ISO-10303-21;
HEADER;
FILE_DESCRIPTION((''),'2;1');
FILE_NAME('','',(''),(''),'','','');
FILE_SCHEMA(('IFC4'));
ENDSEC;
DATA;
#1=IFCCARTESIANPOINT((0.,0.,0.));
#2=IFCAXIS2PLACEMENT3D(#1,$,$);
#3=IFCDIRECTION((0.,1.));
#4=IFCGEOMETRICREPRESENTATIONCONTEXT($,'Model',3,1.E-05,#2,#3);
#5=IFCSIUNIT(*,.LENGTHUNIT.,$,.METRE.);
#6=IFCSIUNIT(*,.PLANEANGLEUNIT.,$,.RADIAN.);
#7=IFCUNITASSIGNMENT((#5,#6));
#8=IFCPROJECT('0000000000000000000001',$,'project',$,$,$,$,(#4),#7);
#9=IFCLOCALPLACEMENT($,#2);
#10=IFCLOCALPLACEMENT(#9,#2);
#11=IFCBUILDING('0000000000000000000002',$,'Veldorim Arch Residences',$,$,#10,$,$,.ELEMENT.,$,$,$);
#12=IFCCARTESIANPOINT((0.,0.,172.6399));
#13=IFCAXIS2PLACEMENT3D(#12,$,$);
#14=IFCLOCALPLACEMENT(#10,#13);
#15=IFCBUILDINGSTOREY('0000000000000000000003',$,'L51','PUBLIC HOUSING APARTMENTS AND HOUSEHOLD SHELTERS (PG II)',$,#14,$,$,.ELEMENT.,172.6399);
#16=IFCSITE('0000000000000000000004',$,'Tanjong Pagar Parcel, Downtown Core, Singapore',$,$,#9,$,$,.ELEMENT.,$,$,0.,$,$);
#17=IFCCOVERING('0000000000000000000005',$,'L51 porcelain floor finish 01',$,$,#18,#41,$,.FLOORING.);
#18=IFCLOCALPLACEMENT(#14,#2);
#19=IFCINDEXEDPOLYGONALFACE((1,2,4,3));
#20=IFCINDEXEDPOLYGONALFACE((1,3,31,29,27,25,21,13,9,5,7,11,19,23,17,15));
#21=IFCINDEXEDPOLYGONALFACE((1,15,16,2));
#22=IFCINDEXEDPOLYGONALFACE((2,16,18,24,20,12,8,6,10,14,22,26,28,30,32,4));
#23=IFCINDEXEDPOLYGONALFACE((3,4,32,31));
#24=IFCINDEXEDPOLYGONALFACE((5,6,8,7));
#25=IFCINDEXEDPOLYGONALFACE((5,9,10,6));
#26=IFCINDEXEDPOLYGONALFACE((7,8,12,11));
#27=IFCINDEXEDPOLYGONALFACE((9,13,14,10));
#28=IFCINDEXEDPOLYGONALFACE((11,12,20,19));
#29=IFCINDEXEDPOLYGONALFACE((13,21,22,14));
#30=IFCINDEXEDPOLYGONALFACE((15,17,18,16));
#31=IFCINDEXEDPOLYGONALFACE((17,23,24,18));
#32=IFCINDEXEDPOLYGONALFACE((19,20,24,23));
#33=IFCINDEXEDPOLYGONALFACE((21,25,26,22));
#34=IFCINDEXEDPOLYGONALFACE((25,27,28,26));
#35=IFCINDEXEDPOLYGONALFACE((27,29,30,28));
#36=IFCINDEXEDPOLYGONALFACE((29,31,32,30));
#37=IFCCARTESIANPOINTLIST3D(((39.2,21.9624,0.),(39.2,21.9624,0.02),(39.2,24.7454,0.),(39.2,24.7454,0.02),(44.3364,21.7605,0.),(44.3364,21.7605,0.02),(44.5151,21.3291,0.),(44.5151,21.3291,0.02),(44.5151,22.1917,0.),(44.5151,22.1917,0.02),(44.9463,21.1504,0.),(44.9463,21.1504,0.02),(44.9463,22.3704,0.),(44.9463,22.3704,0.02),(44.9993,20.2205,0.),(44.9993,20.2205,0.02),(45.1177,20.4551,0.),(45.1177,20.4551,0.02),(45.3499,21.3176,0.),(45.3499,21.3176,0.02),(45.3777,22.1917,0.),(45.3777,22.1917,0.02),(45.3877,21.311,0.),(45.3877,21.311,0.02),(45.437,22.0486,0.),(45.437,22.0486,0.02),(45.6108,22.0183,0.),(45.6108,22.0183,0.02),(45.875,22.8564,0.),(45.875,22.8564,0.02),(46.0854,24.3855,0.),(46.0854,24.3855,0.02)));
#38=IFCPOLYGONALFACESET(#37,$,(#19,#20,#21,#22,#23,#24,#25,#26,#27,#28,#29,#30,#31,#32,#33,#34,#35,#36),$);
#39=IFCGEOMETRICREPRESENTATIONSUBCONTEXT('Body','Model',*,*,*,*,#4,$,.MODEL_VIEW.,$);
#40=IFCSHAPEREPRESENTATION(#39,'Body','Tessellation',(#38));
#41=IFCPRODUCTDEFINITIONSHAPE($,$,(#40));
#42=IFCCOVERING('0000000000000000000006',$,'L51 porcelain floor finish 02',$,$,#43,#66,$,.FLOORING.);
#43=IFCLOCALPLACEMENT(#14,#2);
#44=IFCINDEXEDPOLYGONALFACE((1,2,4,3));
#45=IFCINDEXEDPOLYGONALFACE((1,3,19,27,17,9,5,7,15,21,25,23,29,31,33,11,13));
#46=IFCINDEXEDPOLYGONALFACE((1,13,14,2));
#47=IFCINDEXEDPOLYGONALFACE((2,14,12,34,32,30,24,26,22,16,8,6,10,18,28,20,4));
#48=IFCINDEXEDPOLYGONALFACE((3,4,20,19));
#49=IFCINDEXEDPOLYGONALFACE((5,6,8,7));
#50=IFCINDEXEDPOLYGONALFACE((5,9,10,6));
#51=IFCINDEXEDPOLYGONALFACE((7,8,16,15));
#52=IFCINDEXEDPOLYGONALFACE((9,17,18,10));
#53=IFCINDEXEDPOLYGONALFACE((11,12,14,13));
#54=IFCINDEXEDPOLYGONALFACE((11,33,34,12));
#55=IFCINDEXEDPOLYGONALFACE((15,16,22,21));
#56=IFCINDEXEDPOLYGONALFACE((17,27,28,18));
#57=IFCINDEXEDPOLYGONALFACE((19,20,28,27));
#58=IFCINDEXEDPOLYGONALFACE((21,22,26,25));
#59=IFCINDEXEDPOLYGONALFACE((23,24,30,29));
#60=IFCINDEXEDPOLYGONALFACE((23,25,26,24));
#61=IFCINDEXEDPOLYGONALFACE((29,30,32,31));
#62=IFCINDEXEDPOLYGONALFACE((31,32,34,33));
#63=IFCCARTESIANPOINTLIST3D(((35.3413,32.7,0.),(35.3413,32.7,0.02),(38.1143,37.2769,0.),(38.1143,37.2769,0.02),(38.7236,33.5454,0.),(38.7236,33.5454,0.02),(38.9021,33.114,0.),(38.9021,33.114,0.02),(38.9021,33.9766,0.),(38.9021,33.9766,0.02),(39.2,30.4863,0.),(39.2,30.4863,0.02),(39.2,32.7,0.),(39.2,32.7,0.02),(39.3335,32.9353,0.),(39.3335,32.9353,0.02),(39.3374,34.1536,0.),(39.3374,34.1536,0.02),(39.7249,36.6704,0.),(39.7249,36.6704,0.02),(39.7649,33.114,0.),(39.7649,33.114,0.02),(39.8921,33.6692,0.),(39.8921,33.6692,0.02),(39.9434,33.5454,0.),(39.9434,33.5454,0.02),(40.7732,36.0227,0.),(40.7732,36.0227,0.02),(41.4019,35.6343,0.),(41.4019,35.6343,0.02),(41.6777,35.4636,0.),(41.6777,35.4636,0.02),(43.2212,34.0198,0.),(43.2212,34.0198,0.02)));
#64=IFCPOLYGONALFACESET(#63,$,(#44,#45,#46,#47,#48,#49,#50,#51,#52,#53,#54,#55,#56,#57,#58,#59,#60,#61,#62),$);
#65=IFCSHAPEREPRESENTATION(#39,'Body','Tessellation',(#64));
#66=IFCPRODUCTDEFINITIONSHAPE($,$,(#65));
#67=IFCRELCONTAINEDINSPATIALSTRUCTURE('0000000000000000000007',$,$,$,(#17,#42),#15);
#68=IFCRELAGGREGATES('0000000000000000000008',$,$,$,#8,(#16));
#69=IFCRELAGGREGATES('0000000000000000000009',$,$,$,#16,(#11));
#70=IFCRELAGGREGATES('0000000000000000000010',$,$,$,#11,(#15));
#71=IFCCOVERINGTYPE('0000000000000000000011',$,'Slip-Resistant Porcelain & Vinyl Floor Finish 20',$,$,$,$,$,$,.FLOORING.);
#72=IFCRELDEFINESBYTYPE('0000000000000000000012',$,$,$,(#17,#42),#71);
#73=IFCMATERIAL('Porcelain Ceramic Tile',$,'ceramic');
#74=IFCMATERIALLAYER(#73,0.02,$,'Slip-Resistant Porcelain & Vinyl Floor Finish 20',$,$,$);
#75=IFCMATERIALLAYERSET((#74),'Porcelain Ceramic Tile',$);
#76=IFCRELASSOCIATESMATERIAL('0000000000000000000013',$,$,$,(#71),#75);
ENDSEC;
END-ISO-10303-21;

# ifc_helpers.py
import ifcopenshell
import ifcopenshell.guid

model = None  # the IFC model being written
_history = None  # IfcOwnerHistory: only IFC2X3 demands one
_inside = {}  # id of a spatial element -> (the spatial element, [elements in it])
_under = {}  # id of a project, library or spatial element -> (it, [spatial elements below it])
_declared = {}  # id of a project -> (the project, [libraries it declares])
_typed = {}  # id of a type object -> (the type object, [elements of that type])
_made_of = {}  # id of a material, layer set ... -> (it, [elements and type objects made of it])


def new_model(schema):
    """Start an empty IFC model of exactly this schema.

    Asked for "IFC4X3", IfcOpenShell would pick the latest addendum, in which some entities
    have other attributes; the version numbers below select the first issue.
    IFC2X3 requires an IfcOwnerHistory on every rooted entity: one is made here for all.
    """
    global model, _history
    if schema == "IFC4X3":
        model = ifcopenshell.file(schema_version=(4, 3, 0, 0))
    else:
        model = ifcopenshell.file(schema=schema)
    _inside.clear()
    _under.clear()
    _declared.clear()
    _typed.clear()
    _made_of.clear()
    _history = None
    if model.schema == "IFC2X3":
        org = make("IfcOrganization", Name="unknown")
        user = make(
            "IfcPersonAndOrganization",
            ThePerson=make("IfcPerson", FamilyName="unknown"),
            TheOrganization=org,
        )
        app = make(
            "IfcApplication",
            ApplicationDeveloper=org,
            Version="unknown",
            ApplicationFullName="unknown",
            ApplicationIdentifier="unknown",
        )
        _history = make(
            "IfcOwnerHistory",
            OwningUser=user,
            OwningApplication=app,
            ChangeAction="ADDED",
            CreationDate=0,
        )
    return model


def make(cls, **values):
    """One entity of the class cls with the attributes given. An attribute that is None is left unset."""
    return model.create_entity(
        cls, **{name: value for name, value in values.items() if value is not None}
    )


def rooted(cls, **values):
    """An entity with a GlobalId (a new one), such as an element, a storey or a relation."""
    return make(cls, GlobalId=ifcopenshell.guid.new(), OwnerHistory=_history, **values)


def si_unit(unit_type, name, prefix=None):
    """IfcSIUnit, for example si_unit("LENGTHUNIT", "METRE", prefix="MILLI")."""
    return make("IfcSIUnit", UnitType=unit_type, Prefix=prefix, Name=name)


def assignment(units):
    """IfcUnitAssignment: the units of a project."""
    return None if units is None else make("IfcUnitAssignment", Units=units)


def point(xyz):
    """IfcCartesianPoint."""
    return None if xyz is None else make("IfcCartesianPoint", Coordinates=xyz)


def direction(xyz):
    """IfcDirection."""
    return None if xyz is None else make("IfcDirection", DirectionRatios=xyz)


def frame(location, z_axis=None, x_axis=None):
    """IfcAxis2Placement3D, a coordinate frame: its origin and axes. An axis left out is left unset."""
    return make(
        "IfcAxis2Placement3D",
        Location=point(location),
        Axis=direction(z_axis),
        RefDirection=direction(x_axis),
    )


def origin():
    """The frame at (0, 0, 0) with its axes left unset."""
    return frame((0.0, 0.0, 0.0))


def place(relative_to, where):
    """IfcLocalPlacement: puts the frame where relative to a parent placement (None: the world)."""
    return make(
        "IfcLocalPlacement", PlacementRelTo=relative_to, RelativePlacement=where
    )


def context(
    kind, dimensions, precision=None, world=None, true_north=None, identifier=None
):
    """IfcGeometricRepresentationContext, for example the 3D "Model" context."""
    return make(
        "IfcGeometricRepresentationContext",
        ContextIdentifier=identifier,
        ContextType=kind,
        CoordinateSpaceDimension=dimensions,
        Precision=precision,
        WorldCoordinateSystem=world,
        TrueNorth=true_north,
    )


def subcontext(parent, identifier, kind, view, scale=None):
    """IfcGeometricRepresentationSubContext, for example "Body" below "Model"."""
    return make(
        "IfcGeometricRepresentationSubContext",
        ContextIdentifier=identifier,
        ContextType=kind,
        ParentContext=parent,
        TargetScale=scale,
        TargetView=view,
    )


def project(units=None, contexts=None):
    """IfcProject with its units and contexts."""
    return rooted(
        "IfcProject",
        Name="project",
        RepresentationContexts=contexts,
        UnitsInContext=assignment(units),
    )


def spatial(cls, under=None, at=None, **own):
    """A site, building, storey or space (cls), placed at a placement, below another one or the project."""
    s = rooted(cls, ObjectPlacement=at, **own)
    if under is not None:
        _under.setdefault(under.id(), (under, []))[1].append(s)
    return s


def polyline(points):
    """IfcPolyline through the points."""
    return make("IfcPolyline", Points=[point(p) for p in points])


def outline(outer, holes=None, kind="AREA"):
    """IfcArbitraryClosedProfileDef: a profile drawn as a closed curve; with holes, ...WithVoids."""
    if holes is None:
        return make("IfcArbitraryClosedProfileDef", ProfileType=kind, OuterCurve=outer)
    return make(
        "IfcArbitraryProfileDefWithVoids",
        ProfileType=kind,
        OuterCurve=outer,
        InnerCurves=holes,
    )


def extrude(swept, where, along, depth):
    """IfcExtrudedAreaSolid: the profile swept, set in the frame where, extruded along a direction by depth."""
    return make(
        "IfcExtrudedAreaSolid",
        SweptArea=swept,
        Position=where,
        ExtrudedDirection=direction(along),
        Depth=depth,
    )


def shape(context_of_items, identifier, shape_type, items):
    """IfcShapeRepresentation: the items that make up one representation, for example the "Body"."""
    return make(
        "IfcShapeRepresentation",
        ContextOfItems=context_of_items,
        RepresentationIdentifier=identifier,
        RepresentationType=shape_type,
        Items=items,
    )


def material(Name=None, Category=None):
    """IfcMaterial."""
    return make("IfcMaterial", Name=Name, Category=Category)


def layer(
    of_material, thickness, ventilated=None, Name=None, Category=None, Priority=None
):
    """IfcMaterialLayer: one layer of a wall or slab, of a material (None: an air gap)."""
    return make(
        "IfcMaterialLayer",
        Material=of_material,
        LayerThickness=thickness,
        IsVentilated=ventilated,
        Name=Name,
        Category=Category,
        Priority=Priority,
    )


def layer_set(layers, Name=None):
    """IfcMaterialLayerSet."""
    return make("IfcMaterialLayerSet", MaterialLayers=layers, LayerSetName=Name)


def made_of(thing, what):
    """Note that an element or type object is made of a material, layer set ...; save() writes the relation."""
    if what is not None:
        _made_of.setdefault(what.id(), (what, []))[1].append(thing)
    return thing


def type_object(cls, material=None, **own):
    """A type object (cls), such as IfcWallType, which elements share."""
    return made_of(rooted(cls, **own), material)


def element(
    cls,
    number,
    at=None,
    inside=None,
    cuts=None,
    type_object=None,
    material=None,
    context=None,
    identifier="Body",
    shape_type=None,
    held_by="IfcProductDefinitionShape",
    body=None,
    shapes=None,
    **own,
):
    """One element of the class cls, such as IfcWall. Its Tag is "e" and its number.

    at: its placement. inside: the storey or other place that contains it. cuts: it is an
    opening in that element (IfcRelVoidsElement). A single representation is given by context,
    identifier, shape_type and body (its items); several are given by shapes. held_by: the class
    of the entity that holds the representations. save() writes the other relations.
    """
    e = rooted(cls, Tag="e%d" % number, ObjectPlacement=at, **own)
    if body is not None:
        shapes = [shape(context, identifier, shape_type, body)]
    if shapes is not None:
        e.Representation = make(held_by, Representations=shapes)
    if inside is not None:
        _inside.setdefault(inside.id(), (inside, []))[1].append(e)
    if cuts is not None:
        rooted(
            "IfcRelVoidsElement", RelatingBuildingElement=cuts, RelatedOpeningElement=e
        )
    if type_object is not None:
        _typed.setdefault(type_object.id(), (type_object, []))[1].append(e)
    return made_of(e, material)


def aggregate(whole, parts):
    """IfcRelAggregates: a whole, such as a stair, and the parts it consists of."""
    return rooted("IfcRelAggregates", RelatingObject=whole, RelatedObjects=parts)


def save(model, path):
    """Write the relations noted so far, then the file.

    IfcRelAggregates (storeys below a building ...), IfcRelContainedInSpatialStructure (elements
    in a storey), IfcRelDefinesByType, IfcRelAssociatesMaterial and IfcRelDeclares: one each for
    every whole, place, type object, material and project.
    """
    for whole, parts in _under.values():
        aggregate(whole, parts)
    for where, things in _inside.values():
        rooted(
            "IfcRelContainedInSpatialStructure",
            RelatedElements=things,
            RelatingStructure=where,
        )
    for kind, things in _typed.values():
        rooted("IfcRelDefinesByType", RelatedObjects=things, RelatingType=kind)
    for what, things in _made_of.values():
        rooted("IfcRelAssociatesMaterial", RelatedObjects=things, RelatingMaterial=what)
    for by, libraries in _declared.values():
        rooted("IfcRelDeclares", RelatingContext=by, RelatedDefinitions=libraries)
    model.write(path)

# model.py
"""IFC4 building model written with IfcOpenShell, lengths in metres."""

from ifc_helpers import new_model, si_unit, direction, frame, origin, place, context, subcontext, project, spatial, polyline, outline, extrude, material, layer, layer_set, type_object, element, save


model = new_model("IFC4")

# Units and contexts
model_context = context("Model", 3, precision=1e-05, world=origin(), true_north=direction((0.0, 1.0)))
body_context = subcontext(model_context, "Body", "Model", "MODEL_VIEW")
ifc_project = project(units=[si_unit("LENGTHUNIT", "METRE"), si_unit("PLANEANGLEUNIT", "RADIAN")], contexts=[model_context])

# Site, building, storey
site_placement = place(None, origin())
site = spatial("IfcSite", under=ifc_project, at=site_placement, Name="Tanjong Pagar Parcel, Downtown Core, Singapore", CompositionType="ELEMENT", RefElevation=0.0)
building_placement = place(site_placement, origin())
building = spatial("IfcBuilding", under=site, at=building_placement, Name="Veldorim Arch Residences", CompositionType="ELEMENT")
storey_placement = place(building_placement, frame((0.0, 0.0, 172.6399)))
storey = spatial("IfcBuildingStorey", under=building, at=storey_placement, Name="L51", Description="PUBLIC HOUSING APARTMENTS AND HOUSEHOLD SHELTERS (PG II)", CompositionType="ELEMENT", Elevation=172.6399)

# Coverings
ifc_material_1 = material(Name="Porcelain Ceramic Tile", Category="ceramic")
ifc_layer_1 = layer(ifc_material_1, 0.02, Name="Slip-Resistant Porcelain & Vinyl Floor Finish 20")
ifc_layer_set_1 = layer_set([ifc_layer_1], Name="Porcelain Ceramic Tile")
covering_type_1 = type_object("IfcCoveringType", Name="Slip-Resistant Porcelain & Vinyl Floor Finish 20", PredefinedType="FLOORING", material=ifc_layer_set_1)
covering_1_placement = place(storey_placement, origin())
element("IfcCovering", 1, at=covering_1_placement, inside=storey, type_object=covering_type_1, Name="L51 porcelain floor finish 01", PredefinedType="FLOORING", context=body_context, shape_type="SweptSolid", body=[
    extrude(outline(polyline([(45.3877, 21.311), (45.1177, 20.4551), (44.9993, 20.2205), (39.2, 21.9624), (39.2, 24.7454), (46.0854, 24.3855), (45.875, 22.8564), (45.6108, 22.0183), (45.437, 22.0486), (45.3777, 22.1917), (44.9463, 22.3704), (44.5151, 22.1917), (44.3364, 21.7605), (44.5151, 21.3291), (44.9463, 21.1504), (45.3499, 21.3176), (45.3877, 21.311)])), origin(), (0.0, 0.0, 1.0), 0.02),
])
covering_2_placement = place(storey_placement, origin())
element("IfcCovering", 2, at=covering_2_placement, inside=storey, type_object=covering_type_1, Name="L51 porcelain floor finish 02", PredefinedType="FLOORING", context=body_context, shape_type="SweptSolid", body=[
    extrude(outline(polyline([(39.7249, 36.6704), (40.7732, 36.0227), (39.3374, 34.1536), (38.9021, 33.9766), (38.7236, 33.5454), (38.9021, 33.114), (39.3335, 32.9353), (39.7649, 33.114), (39.9434, 33.5454), (39.8921, 33.6692), (41.4019, 35.6343), (41.6777, 35.4636), (43.2212, 34.0198), (39.2, 30.4863), (39.2, 32.7), (35.3413, 32.7), (38.1143, 37.2769), (39.7249, 36.6704)])), origin(), (0.0, 0.0, 1.0), 0.02),
])

save(model, "model.ifc")
